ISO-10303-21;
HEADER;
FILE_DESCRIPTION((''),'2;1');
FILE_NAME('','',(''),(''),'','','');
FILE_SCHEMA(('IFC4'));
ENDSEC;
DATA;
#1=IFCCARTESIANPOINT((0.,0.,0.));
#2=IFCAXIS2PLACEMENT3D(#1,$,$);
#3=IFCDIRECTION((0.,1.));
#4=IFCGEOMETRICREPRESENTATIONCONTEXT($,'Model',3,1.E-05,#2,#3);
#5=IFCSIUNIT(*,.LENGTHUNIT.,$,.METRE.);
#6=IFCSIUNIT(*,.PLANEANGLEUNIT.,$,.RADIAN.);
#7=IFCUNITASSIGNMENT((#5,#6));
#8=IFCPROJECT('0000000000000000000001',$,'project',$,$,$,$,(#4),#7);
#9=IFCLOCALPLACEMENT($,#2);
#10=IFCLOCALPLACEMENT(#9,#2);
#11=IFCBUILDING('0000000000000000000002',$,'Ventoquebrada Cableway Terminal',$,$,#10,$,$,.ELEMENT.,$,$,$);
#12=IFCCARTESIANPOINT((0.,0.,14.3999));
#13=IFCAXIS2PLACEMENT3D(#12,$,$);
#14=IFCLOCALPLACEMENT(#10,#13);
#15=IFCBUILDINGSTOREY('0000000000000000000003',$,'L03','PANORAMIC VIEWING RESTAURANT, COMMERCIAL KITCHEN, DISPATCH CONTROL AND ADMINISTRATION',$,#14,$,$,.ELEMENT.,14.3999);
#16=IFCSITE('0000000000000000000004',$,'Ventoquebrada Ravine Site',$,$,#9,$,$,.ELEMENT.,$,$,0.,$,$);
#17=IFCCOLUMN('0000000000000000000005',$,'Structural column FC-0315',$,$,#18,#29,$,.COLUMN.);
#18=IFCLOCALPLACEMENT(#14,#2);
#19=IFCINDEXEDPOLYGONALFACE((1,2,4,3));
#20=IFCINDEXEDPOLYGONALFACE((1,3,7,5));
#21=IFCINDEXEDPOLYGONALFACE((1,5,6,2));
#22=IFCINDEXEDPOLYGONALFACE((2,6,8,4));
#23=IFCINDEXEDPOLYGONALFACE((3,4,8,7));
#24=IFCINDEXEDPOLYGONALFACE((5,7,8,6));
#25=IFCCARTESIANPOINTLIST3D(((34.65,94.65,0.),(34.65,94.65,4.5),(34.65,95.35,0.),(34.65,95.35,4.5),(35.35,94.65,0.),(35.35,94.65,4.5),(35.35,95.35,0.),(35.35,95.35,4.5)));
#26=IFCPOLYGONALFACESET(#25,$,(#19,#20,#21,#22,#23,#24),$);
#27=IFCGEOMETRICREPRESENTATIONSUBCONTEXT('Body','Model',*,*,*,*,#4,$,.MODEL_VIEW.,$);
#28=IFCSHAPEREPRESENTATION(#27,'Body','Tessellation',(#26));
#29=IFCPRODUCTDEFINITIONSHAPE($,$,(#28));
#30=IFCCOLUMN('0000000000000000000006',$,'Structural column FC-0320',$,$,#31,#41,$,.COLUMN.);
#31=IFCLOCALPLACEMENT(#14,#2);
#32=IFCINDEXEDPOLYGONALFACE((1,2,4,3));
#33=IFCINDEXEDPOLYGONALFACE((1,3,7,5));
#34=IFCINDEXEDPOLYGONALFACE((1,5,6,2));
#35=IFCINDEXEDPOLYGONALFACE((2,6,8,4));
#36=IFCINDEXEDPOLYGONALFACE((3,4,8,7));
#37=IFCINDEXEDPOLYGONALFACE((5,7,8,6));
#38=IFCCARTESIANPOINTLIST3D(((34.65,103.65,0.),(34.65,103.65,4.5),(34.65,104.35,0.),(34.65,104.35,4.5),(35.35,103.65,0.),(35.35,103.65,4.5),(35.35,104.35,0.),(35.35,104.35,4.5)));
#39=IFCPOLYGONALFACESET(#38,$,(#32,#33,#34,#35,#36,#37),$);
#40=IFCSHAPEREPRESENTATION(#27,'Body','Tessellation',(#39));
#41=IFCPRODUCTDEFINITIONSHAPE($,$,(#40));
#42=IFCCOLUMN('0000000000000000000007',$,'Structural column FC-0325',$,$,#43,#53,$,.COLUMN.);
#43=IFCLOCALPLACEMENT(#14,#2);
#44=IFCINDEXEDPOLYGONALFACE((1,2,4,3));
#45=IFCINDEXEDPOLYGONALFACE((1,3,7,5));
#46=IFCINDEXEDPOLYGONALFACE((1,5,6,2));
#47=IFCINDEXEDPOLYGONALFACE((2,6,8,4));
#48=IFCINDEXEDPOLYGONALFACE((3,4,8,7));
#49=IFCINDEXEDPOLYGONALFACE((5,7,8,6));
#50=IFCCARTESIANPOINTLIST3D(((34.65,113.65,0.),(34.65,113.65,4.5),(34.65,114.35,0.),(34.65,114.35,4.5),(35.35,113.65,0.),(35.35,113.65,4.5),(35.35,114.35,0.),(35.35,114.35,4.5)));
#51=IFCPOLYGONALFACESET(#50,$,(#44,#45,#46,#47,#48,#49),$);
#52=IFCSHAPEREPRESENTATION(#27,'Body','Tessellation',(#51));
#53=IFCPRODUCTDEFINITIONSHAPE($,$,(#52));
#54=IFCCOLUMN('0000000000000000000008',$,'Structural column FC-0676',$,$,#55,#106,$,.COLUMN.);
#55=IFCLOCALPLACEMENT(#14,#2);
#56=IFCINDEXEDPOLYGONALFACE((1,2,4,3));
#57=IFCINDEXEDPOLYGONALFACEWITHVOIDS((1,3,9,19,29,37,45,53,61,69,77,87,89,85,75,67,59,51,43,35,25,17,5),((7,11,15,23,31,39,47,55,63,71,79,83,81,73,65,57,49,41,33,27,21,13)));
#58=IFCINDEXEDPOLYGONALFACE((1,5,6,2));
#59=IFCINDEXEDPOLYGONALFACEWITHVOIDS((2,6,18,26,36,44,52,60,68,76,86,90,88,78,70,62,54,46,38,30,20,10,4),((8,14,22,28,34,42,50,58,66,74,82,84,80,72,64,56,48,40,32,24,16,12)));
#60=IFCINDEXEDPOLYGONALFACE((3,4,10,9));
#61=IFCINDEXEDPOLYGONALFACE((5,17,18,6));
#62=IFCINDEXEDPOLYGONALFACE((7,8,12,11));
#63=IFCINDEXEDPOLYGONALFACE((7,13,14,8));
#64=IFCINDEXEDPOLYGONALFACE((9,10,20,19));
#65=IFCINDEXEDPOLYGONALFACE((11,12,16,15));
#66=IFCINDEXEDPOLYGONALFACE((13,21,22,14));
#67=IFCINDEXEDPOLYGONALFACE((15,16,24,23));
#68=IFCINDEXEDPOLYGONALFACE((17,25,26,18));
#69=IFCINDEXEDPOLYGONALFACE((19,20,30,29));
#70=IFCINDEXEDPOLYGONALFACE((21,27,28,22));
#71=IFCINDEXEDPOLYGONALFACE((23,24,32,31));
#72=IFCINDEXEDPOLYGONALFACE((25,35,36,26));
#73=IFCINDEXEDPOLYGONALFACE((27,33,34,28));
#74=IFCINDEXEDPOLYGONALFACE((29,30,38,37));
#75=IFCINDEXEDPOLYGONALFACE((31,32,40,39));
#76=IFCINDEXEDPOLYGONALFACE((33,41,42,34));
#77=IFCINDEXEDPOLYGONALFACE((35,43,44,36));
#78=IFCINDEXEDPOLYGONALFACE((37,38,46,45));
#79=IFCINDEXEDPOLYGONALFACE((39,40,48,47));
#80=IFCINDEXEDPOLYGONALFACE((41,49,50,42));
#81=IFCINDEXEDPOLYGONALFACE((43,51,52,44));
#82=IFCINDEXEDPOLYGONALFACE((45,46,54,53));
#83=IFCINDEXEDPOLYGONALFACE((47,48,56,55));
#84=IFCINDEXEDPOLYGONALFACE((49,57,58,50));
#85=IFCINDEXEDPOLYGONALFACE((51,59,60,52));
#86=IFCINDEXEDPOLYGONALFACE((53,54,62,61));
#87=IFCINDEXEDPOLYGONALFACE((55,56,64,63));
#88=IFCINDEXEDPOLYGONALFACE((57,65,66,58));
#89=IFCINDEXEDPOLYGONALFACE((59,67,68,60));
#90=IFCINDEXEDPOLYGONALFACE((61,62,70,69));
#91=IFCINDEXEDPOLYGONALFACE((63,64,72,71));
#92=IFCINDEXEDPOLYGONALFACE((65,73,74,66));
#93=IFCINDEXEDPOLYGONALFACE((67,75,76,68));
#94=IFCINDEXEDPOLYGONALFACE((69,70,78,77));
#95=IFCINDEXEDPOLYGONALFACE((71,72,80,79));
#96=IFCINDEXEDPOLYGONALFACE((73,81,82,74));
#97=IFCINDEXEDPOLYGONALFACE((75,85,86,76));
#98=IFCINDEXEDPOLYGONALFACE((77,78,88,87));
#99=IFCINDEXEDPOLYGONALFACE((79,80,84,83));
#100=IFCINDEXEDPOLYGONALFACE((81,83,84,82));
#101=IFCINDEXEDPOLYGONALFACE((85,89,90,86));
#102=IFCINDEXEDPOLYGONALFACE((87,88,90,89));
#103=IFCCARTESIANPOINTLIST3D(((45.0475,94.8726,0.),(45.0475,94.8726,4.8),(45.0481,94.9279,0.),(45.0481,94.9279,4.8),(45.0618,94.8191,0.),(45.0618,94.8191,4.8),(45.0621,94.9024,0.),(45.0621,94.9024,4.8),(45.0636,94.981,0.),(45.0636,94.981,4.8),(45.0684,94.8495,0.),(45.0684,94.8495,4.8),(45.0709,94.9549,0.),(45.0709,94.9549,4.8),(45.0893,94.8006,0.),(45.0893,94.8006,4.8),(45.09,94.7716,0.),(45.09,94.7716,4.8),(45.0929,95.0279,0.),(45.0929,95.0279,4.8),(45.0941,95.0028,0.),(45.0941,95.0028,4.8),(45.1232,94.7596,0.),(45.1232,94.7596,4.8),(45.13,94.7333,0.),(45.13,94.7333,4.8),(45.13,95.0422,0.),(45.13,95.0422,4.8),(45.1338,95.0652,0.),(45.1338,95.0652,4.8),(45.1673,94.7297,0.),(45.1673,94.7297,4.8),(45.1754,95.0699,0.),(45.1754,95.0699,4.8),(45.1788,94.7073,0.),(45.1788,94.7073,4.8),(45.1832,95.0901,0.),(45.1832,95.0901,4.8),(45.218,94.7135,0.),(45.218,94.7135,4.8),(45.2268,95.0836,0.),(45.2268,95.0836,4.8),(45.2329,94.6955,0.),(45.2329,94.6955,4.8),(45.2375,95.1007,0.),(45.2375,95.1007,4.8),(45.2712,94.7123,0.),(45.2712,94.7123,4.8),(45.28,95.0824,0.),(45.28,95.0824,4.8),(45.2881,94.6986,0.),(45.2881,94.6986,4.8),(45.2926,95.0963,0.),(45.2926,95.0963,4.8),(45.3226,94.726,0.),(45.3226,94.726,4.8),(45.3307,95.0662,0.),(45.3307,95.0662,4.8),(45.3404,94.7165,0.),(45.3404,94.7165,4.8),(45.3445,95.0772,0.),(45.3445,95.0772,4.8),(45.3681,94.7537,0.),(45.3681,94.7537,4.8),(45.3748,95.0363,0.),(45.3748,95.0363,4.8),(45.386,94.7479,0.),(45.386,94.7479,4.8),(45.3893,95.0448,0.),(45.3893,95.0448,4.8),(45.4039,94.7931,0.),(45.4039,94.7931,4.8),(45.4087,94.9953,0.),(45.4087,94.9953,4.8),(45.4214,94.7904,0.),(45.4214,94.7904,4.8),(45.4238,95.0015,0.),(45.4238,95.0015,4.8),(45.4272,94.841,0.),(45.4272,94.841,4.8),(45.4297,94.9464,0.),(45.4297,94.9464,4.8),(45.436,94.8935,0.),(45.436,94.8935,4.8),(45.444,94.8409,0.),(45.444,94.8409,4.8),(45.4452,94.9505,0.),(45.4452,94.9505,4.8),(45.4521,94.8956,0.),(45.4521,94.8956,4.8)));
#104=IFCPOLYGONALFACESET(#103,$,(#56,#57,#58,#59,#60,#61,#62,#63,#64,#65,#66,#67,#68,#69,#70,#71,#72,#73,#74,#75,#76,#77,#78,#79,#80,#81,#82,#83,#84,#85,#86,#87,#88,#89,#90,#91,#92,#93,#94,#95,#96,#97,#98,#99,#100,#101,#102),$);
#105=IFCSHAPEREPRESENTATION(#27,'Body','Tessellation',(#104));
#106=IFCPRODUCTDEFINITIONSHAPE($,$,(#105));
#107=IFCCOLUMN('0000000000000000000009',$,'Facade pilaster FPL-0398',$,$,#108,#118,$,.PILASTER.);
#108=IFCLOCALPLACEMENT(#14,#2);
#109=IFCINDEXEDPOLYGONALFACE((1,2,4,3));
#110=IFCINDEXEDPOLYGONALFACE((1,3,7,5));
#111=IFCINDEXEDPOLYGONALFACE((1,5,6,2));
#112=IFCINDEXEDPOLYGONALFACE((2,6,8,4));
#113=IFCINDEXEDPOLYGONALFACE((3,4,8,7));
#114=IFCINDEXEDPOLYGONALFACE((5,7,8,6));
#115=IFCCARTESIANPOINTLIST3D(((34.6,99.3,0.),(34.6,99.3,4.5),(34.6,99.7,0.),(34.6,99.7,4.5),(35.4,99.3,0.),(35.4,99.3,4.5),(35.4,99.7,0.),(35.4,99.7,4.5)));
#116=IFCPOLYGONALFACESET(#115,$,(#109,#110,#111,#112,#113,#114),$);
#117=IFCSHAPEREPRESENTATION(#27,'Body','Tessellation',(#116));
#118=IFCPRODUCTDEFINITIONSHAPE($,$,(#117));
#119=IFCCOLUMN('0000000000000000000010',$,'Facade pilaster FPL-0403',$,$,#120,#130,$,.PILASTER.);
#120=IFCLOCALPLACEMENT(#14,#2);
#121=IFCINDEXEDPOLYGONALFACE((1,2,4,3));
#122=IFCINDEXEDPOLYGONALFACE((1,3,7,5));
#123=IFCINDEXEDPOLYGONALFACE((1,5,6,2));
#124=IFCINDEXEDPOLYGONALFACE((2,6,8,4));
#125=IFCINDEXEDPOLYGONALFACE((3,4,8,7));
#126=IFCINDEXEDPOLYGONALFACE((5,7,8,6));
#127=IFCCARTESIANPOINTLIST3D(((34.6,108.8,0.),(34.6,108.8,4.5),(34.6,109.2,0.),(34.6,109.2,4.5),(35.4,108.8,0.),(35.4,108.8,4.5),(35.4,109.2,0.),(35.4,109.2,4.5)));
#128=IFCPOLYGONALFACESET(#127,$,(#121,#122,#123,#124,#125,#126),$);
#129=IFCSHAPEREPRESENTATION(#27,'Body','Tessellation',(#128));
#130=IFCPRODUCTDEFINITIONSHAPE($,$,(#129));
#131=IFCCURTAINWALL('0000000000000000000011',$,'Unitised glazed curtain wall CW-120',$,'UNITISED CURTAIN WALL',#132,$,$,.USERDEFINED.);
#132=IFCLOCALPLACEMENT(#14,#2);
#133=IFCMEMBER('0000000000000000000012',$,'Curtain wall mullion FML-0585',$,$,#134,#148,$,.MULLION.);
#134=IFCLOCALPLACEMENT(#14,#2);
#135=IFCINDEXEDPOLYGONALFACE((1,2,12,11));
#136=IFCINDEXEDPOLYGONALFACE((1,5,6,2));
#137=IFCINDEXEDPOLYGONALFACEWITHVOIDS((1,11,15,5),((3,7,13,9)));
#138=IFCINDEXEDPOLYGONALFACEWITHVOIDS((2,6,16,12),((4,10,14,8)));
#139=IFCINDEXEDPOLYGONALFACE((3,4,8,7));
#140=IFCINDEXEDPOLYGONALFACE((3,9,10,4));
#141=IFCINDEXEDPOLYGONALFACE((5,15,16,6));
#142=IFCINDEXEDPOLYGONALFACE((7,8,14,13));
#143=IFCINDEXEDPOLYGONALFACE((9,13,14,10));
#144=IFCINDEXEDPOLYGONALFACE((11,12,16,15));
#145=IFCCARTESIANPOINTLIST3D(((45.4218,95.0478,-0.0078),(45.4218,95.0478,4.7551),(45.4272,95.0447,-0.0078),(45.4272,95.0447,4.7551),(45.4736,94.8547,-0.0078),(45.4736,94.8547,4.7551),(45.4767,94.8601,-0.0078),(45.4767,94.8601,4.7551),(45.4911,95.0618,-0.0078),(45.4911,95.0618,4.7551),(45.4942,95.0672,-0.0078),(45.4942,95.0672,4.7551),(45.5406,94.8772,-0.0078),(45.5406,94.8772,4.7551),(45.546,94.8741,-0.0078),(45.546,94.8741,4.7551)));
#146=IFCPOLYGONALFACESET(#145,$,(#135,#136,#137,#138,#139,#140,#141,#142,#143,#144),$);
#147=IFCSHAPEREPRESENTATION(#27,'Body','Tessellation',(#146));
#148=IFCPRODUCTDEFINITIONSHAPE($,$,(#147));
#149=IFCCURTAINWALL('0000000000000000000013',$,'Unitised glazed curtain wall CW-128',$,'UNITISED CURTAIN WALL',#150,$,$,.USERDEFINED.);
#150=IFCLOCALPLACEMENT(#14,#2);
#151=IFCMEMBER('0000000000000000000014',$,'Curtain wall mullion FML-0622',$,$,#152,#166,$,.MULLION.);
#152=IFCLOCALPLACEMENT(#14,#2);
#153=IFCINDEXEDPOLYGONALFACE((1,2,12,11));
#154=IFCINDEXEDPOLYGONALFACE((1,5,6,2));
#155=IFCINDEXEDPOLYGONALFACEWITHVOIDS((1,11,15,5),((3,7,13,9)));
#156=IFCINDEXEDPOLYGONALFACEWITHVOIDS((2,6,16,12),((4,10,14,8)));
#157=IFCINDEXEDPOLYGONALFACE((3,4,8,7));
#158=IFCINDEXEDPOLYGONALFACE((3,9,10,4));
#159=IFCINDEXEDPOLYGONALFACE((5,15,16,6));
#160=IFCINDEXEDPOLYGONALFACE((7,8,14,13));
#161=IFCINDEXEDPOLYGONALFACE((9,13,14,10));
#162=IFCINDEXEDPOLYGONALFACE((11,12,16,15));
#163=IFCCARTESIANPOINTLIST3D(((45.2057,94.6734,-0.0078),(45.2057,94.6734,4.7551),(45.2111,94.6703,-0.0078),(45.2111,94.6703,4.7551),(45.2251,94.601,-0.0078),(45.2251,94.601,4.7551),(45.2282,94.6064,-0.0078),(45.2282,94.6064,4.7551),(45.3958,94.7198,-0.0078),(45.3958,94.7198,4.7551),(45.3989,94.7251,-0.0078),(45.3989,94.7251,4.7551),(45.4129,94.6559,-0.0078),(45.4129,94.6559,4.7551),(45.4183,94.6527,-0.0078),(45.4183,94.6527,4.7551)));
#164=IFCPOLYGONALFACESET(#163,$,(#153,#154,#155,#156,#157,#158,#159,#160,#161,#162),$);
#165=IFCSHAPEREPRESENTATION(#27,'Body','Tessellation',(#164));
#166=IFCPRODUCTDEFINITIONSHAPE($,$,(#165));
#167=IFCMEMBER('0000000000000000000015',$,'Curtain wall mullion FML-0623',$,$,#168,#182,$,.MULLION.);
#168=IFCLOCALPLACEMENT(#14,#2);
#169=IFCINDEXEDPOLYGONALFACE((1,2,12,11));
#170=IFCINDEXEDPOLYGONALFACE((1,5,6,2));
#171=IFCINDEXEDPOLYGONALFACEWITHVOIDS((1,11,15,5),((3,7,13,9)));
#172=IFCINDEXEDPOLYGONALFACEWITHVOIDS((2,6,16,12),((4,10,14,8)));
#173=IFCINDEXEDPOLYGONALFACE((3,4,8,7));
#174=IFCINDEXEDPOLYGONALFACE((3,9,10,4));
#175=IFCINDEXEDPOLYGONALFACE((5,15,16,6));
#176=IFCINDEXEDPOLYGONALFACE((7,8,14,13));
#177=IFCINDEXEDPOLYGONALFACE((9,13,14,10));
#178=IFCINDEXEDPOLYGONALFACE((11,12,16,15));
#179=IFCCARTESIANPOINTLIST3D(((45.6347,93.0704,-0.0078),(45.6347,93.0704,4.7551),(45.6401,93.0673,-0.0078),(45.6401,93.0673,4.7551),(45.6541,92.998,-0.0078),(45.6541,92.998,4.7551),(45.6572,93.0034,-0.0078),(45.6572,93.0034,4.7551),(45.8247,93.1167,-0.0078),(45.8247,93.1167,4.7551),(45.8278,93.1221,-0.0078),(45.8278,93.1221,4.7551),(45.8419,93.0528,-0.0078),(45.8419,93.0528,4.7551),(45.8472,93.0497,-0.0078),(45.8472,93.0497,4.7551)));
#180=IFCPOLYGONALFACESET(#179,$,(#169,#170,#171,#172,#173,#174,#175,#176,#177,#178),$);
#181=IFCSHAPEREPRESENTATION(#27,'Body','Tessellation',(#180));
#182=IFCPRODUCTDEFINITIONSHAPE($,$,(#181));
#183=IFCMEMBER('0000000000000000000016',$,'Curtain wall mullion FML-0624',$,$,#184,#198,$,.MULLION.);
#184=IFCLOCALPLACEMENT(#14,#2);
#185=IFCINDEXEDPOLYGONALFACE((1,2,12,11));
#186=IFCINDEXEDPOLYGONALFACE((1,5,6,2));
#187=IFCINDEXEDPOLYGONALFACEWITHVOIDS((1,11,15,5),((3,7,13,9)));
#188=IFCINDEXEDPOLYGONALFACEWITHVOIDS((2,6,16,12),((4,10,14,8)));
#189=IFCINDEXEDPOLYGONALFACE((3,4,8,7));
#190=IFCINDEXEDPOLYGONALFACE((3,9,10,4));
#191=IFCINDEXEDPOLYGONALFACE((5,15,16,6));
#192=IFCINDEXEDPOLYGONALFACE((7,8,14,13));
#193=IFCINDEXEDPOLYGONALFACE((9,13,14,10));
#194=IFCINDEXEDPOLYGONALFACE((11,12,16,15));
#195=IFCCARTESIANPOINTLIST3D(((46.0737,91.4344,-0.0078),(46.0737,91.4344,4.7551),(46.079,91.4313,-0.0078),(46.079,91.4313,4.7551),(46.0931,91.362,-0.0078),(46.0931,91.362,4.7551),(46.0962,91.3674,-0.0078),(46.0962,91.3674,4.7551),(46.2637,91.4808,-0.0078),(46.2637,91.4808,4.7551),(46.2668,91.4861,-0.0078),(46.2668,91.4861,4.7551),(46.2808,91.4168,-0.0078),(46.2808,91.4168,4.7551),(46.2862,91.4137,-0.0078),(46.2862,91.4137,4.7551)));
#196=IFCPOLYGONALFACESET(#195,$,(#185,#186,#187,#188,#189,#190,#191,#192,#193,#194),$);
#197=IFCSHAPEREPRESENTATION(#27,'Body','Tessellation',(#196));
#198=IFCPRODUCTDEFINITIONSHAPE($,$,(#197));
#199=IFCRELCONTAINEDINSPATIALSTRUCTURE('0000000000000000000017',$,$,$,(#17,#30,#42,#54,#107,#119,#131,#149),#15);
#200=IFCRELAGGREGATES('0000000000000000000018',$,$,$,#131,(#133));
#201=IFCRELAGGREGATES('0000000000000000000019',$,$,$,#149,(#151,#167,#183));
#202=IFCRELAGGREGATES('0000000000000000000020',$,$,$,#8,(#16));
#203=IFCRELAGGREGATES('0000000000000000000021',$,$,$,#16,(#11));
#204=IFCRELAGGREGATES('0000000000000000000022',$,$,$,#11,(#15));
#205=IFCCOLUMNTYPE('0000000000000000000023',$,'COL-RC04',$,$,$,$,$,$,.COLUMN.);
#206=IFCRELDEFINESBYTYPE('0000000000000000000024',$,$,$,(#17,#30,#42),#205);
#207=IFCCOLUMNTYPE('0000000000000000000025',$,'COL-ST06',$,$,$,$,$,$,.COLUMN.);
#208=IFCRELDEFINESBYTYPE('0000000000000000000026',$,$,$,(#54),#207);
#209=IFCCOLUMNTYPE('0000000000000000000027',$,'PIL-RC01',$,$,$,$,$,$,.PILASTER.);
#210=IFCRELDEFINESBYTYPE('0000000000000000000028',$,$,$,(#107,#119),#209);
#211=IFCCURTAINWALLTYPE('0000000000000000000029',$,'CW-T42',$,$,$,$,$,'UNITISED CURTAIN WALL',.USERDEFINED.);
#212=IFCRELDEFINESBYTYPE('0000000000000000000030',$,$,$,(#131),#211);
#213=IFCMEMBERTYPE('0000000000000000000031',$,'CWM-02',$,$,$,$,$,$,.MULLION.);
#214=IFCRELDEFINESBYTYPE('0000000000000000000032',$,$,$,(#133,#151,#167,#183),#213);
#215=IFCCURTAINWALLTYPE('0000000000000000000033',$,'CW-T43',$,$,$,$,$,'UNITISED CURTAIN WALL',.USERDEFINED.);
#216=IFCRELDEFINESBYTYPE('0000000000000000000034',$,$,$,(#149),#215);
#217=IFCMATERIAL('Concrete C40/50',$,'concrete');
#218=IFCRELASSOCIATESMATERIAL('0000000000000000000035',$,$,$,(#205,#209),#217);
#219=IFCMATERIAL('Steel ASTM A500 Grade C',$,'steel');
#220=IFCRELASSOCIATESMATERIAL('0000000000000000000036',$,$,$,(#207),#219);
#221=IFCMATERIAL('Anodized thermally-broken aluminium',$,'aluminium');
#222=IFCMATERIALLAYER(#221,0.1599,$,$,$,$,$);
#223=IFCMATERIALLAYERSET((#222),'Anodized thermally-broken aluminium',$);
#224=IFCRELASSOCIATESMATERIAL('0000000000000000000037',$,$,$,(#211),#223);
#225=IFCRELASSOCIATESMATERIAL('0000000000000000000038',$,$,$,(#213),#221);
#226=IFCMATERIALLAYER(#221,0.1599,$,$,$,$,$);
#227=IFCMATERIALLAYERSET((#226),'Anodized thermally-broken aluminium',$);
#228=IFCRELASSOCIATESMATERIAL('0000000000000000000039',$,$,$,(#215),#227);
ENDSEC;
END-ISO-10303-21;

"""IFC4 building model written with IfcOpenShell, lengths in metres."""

from ifc_helpers import new_model, si_unit, direction, frame, origin, origin_2d, place, context, subcontext, project, spatial, rectangle, hollow_rectangle, hollow_circle, extrude, material, layer, layer_set, material_profile, profile_set, type_object, element, aggregate, save


model = new_model("IFC4")

# Units and contexts
model_context = context("Model", 3, precision=1e-05, world=origin(), true_north=direction((0.0, 1.0)))
body_context = subcontext(model_context, "Body", "Model", "MODEL_VIEW")
ifc_project = project(units=[si_unit("LENGTHUNIT", "METRE"), si_unit("PLANEANGLEUNIT", "RADIAN")], contexts=[model_context])

# Site, building, storey
site_placement = place(None, origin())
site = spatial("IfcSite", under=ifc_project, at=site_placement, Name="Ventoquebrada Ravine Site", CompositionType="ELEMENT", RefElevation=0.0)
building_placement = place(site_placement, origin())
building = spatial("IfcBuilding", under=site, at=building_placement, Name="Ventoquebrada Cableway Terminal", CompositionType="ELEMENT")
storey_placement = place(building_placement, frame((0.0, 0.0, 14.3999)))
storey = spatial("IfcBuildingStorey", under=building, at=storey_placement, Name="L03", Description="PANORAMIC VIEWING RESTAURANT, COMMERCIAL KITCHEN, DISPATCH CONTROL AND ADMINISTRATION", CompositionType="ELEMENT", Elevation=14.3999)

# Columns
ifc_material_1 = material(Name="Concrete C40/50", Category="concrete")
ifc_material_profile_1 = material_profile(ifc_material_1, rectangle(XDim=0.7, YDim=0.7, at=origin_2d()), Name="RC-COL-700X700")
ifc_profile_set_1 = profile_set([ifc_material_profile_1], Name="Concrete C40/50")
column_type_1 = type_object("IfcColumnType", Name="COL-RC04", PredefinedType="COLUMN", material=ifc_profile_set_1)
for number, where, z_axis, x_axis, name in (
    (1, (35.0, 95.0, 0.0), (0.0, 0.0, 1.0), (1.0, 0.0, 0.0), "Structural column FC-0315"),
    (2, (35.0, 104.0, 0.0), (0.0, 0.0, 1.0), (1.0, 0.0, 0.0), "Structural column FC-0320"),
    (3, (35.0, 114.0, 0.0), (0.0, 0.0, 1.0), (1.0, 0.0, 0.0), "Structural column FC-0325"),
):
    element("IfcColumn", number, at=place(storey_placement, frame(where, z_axis=z_axis, x_axis=x_axis)), inside=storey, type_object=column_type_1, Name=name, PredefinedType="COLUMN", context=body_context, shape_type="SweptSolid", body=[
        extrude(rectangle(XDim=0.7, YDim=0.7, at=origin_2d()), origin(), (0.0, 0.0, 1.0), 4.5),
    ])
ifc_material_2 = material(Name="Steel ASTM A500 Grade C", Category="steel")
ifc_material_profile_2 = material_profile(ifc_material_2, hollow_circle(Radius=0.2031, WallThickness=0.0161, at=origin_2d()), Name="CHS406.4X16")
ifc_profile_set_2 = profile_set([ifc_material_profile_2], Name="Steel ASTM A500 Grade C")
column_type_2 = type_object("IfcColumnType", Name="COL-ST06", PredefinedType="COLUMN", material=ifc_profile_set_2)
column_placement = place(storey_placement, frame((45.249, 94.8979, 0.0), z_axis=(0.0, 0.0, 1.0), x_axis=(0.965926, 0.258819, 0.0)))
element("IfcColumn", 4, at=column_placement, inside=storey, type_object=column_type_2, Name="Structural column FC-0676", PredefinedType="COLUMN", context=body_context, shape_type="SweptSolid", body=[
    extrude(hollow_circle(Radius=0.2031, WallThickness=0.0161, at=origin_2d()), origin(), (0.0, 0.0, 1.0), 4.8),
])
ifc_material_profile_3 = material_profile(ifc_material_1, rectangle(XDim=0.3999, YDim=0.8, at=origin_2d()), Name="RC-PIL-400X800")
ifc_profile_set_3 = profile_set([ifc_material_profile_3], Name="Concrete C40/50")
column_type_3 = type_object("IfcColumnType", Name="PIL-RC01", PredefinedType="PILASTER", material=ifc_profile_set_3)
for number, where, z_axis, x_axis, name in (
    (5, (35.0, 99.5, 0.0), (0.0, 0.0, 1.0), (0.0, 1.0, 0.0), "Facade pilaster FPL-0398"),
    (6, (35.0, 109.0, 0.0), (0.0, 0.0, 1.0), (0.0, 1.0, 0.0), "Facade pilaster FPL-0403"),
):
    element("IfcColumn", number, at=place(storey_placement, frame(where, z_axis=z_axis, x_axis=x_axis)), inside=storey, type_object=column_type_3, Name=name, PredefinedType="PILASTER", context=body_context, shape_type="SweptSolid", body=[
        extrude(rectangle(XDim=0.3999, YDim=0.8, at=origin_2d()), origin(), (0.0, 0.0, 1.0), 4.5),
    ])

# Curtain wall, member
ifc_material_3 = material(Name="Anodized thermally-broken aluminium", Category="aluminium")
ifc_layer_1 = layer(ifc_material_3, 0.1599)
ifc_layer_set_1 = layer_set([ifc_layer_1], Name="Anodized thermally-broken aluminium")
curtain_wall_type_1 = type_object("IfcCurtainWallType", Name="CW-T42", ElementType="UNITISED CURTAIN WALL", PredefinedType="USERDEFINED", material=ifc_layer_set_1)
curtain_wall_1_placement = place(storey_placement, origin())
curtain_wall_1 = element("IfcCurtainWall", 7, at=curtain_wall_1_placement, inside=storey, type_object=curtain_wall_type_1, Name="Unitised glazed curtain wall CW-120", ObjectType="UNITISED CURTAIN WALL", PredefinedType="USERDEFINED")
ifc_material_profile_4 = material_profile(ifc_material_3, hollow_rectangle(XDim=0.075, YDim=0.2, WallThickness=0.0044, at=origin_2d()), Name="CW-MUL-75X200")
ifc_profile_set_4 = profile_set([ifc_material_profile_4], Name="Anodized thermally-broken aluminium")
member_type_1 = type_object("IfcMemberType", Name="CWM-02", PredefinedType="MULLION", material=ifc_profile_set_4)
member_1_placement = place(storey_placement, frame((45.4839, 94.9609, -0.0078), z_axis=(0.0, 0.0, 1.0), x_axis=(-0.965912, -0.25887, 0.0)))
member_1 = element("IfcMember", 8, at=member_1_placement, type_object=member_type_1, Name="Curtain wall mullion FML-0585", PredefinedType="MULLION", context=body_context, shape_type="SweptSolid", body=[
    extrude(hollow_rectangle(XDim=0.075, YDim=0.2, WallThickness=0.0044, at=origin_2d()), origin(), (0.0, 0.0, 1.0), 4.7629),
])

# Curtain wall, members
ifc_layer_2 = layer(ifc_material_3, 0.1599)
ifc_layer_set_2 = layer_set([ifc_layer_2], Name="Anodized thermally-broken aluminium")
curtain_wall_type_2 = type_object("IfcCurtainWallType", Name="CW-T43", ElementType="UNITISED CURTAIN WALL", PredefinedType="USERDEFINED", material=ifc_layer_set_2)
curtain_wall_2_placement = place(storey_placement, origin())
curtain_wall_2 = element("IfcCurtainWall", 9, at=curtain_wall_2_placement, inside=storey, type_object=curtain_wall_type_2, Name="Unitised glazed curtain wall CW-128", ObjectType="UNITISED CURTAIN WALL", PredefinedType="USERDEFINED")
member_2_placement = place(storey_placement, frame((45.312, 94.6631, -0.0078), z_axis=(0.0, 0.0, 1.0), x_axis=(0.258701, -0.965957, 0.0)))
member_2 = element("IfcMember", 10, at=member_2_placement, type_object=member_type_1, Name="Curtain wall mullion FML-0622", PredefinedType="MULLION", context=body_context, shape_type="SweptSolid", body=[
    extrude(hollow_rectangle(XDim=0.075, YDim=0.2, WallThickness=0.0044, at=origin_2d()), origin(), (0.0, 0.0, 1.0), 4.7629),
])
member_3_placement = place(storey_placement, frame((45.741, 93.0601, -0.0078), z_axis=(0.0, 0.0, 1.0), x_axis=(0.258701, -0.965957, 0.0)))
member_3 = element("IfcMember", 11, at=member_3_placement, type_object=member_type_1, Name="Curtain wall mullion FML-0623", PredefinedType="MULLION", context=body_context, shape_type="SweptSolid", body=[
    extrude(hollow_rectangle(XDim=0.075, YDim=0.2, WallThickness=0.0044, at=origin_2d()), origin(), (0.0, 0.0, 1.0), 4.7629),
])
member_4_placement = place(storey_placement, frame((46.1799, 91.4241, -0.0078), z_axis=(0.0, 0.0, 1.0), x_axis=(0.258701, -0.965957, 0.0)))
member_4 = element("IfcMember", 12, at=member_4_placement, type_object=member_type_1, Name="Curtain wall mullion FML-0624", PredefinedType="MULLION", context=body_context, shape_type="SweptSolid", body=[
    extrude(hollow_rectangle(XDim=0.075, YDim=0.2, WallThickness=0.0044, at=origin_2d()), origin(), (0.0, 0.0, 1.0), 4.7629),
])

aggregate(curtain_wall_1, [member_1])
aggregate(curtain_wall_2, [member_2, member_3, member_4])

save(model, "model.ifc")
